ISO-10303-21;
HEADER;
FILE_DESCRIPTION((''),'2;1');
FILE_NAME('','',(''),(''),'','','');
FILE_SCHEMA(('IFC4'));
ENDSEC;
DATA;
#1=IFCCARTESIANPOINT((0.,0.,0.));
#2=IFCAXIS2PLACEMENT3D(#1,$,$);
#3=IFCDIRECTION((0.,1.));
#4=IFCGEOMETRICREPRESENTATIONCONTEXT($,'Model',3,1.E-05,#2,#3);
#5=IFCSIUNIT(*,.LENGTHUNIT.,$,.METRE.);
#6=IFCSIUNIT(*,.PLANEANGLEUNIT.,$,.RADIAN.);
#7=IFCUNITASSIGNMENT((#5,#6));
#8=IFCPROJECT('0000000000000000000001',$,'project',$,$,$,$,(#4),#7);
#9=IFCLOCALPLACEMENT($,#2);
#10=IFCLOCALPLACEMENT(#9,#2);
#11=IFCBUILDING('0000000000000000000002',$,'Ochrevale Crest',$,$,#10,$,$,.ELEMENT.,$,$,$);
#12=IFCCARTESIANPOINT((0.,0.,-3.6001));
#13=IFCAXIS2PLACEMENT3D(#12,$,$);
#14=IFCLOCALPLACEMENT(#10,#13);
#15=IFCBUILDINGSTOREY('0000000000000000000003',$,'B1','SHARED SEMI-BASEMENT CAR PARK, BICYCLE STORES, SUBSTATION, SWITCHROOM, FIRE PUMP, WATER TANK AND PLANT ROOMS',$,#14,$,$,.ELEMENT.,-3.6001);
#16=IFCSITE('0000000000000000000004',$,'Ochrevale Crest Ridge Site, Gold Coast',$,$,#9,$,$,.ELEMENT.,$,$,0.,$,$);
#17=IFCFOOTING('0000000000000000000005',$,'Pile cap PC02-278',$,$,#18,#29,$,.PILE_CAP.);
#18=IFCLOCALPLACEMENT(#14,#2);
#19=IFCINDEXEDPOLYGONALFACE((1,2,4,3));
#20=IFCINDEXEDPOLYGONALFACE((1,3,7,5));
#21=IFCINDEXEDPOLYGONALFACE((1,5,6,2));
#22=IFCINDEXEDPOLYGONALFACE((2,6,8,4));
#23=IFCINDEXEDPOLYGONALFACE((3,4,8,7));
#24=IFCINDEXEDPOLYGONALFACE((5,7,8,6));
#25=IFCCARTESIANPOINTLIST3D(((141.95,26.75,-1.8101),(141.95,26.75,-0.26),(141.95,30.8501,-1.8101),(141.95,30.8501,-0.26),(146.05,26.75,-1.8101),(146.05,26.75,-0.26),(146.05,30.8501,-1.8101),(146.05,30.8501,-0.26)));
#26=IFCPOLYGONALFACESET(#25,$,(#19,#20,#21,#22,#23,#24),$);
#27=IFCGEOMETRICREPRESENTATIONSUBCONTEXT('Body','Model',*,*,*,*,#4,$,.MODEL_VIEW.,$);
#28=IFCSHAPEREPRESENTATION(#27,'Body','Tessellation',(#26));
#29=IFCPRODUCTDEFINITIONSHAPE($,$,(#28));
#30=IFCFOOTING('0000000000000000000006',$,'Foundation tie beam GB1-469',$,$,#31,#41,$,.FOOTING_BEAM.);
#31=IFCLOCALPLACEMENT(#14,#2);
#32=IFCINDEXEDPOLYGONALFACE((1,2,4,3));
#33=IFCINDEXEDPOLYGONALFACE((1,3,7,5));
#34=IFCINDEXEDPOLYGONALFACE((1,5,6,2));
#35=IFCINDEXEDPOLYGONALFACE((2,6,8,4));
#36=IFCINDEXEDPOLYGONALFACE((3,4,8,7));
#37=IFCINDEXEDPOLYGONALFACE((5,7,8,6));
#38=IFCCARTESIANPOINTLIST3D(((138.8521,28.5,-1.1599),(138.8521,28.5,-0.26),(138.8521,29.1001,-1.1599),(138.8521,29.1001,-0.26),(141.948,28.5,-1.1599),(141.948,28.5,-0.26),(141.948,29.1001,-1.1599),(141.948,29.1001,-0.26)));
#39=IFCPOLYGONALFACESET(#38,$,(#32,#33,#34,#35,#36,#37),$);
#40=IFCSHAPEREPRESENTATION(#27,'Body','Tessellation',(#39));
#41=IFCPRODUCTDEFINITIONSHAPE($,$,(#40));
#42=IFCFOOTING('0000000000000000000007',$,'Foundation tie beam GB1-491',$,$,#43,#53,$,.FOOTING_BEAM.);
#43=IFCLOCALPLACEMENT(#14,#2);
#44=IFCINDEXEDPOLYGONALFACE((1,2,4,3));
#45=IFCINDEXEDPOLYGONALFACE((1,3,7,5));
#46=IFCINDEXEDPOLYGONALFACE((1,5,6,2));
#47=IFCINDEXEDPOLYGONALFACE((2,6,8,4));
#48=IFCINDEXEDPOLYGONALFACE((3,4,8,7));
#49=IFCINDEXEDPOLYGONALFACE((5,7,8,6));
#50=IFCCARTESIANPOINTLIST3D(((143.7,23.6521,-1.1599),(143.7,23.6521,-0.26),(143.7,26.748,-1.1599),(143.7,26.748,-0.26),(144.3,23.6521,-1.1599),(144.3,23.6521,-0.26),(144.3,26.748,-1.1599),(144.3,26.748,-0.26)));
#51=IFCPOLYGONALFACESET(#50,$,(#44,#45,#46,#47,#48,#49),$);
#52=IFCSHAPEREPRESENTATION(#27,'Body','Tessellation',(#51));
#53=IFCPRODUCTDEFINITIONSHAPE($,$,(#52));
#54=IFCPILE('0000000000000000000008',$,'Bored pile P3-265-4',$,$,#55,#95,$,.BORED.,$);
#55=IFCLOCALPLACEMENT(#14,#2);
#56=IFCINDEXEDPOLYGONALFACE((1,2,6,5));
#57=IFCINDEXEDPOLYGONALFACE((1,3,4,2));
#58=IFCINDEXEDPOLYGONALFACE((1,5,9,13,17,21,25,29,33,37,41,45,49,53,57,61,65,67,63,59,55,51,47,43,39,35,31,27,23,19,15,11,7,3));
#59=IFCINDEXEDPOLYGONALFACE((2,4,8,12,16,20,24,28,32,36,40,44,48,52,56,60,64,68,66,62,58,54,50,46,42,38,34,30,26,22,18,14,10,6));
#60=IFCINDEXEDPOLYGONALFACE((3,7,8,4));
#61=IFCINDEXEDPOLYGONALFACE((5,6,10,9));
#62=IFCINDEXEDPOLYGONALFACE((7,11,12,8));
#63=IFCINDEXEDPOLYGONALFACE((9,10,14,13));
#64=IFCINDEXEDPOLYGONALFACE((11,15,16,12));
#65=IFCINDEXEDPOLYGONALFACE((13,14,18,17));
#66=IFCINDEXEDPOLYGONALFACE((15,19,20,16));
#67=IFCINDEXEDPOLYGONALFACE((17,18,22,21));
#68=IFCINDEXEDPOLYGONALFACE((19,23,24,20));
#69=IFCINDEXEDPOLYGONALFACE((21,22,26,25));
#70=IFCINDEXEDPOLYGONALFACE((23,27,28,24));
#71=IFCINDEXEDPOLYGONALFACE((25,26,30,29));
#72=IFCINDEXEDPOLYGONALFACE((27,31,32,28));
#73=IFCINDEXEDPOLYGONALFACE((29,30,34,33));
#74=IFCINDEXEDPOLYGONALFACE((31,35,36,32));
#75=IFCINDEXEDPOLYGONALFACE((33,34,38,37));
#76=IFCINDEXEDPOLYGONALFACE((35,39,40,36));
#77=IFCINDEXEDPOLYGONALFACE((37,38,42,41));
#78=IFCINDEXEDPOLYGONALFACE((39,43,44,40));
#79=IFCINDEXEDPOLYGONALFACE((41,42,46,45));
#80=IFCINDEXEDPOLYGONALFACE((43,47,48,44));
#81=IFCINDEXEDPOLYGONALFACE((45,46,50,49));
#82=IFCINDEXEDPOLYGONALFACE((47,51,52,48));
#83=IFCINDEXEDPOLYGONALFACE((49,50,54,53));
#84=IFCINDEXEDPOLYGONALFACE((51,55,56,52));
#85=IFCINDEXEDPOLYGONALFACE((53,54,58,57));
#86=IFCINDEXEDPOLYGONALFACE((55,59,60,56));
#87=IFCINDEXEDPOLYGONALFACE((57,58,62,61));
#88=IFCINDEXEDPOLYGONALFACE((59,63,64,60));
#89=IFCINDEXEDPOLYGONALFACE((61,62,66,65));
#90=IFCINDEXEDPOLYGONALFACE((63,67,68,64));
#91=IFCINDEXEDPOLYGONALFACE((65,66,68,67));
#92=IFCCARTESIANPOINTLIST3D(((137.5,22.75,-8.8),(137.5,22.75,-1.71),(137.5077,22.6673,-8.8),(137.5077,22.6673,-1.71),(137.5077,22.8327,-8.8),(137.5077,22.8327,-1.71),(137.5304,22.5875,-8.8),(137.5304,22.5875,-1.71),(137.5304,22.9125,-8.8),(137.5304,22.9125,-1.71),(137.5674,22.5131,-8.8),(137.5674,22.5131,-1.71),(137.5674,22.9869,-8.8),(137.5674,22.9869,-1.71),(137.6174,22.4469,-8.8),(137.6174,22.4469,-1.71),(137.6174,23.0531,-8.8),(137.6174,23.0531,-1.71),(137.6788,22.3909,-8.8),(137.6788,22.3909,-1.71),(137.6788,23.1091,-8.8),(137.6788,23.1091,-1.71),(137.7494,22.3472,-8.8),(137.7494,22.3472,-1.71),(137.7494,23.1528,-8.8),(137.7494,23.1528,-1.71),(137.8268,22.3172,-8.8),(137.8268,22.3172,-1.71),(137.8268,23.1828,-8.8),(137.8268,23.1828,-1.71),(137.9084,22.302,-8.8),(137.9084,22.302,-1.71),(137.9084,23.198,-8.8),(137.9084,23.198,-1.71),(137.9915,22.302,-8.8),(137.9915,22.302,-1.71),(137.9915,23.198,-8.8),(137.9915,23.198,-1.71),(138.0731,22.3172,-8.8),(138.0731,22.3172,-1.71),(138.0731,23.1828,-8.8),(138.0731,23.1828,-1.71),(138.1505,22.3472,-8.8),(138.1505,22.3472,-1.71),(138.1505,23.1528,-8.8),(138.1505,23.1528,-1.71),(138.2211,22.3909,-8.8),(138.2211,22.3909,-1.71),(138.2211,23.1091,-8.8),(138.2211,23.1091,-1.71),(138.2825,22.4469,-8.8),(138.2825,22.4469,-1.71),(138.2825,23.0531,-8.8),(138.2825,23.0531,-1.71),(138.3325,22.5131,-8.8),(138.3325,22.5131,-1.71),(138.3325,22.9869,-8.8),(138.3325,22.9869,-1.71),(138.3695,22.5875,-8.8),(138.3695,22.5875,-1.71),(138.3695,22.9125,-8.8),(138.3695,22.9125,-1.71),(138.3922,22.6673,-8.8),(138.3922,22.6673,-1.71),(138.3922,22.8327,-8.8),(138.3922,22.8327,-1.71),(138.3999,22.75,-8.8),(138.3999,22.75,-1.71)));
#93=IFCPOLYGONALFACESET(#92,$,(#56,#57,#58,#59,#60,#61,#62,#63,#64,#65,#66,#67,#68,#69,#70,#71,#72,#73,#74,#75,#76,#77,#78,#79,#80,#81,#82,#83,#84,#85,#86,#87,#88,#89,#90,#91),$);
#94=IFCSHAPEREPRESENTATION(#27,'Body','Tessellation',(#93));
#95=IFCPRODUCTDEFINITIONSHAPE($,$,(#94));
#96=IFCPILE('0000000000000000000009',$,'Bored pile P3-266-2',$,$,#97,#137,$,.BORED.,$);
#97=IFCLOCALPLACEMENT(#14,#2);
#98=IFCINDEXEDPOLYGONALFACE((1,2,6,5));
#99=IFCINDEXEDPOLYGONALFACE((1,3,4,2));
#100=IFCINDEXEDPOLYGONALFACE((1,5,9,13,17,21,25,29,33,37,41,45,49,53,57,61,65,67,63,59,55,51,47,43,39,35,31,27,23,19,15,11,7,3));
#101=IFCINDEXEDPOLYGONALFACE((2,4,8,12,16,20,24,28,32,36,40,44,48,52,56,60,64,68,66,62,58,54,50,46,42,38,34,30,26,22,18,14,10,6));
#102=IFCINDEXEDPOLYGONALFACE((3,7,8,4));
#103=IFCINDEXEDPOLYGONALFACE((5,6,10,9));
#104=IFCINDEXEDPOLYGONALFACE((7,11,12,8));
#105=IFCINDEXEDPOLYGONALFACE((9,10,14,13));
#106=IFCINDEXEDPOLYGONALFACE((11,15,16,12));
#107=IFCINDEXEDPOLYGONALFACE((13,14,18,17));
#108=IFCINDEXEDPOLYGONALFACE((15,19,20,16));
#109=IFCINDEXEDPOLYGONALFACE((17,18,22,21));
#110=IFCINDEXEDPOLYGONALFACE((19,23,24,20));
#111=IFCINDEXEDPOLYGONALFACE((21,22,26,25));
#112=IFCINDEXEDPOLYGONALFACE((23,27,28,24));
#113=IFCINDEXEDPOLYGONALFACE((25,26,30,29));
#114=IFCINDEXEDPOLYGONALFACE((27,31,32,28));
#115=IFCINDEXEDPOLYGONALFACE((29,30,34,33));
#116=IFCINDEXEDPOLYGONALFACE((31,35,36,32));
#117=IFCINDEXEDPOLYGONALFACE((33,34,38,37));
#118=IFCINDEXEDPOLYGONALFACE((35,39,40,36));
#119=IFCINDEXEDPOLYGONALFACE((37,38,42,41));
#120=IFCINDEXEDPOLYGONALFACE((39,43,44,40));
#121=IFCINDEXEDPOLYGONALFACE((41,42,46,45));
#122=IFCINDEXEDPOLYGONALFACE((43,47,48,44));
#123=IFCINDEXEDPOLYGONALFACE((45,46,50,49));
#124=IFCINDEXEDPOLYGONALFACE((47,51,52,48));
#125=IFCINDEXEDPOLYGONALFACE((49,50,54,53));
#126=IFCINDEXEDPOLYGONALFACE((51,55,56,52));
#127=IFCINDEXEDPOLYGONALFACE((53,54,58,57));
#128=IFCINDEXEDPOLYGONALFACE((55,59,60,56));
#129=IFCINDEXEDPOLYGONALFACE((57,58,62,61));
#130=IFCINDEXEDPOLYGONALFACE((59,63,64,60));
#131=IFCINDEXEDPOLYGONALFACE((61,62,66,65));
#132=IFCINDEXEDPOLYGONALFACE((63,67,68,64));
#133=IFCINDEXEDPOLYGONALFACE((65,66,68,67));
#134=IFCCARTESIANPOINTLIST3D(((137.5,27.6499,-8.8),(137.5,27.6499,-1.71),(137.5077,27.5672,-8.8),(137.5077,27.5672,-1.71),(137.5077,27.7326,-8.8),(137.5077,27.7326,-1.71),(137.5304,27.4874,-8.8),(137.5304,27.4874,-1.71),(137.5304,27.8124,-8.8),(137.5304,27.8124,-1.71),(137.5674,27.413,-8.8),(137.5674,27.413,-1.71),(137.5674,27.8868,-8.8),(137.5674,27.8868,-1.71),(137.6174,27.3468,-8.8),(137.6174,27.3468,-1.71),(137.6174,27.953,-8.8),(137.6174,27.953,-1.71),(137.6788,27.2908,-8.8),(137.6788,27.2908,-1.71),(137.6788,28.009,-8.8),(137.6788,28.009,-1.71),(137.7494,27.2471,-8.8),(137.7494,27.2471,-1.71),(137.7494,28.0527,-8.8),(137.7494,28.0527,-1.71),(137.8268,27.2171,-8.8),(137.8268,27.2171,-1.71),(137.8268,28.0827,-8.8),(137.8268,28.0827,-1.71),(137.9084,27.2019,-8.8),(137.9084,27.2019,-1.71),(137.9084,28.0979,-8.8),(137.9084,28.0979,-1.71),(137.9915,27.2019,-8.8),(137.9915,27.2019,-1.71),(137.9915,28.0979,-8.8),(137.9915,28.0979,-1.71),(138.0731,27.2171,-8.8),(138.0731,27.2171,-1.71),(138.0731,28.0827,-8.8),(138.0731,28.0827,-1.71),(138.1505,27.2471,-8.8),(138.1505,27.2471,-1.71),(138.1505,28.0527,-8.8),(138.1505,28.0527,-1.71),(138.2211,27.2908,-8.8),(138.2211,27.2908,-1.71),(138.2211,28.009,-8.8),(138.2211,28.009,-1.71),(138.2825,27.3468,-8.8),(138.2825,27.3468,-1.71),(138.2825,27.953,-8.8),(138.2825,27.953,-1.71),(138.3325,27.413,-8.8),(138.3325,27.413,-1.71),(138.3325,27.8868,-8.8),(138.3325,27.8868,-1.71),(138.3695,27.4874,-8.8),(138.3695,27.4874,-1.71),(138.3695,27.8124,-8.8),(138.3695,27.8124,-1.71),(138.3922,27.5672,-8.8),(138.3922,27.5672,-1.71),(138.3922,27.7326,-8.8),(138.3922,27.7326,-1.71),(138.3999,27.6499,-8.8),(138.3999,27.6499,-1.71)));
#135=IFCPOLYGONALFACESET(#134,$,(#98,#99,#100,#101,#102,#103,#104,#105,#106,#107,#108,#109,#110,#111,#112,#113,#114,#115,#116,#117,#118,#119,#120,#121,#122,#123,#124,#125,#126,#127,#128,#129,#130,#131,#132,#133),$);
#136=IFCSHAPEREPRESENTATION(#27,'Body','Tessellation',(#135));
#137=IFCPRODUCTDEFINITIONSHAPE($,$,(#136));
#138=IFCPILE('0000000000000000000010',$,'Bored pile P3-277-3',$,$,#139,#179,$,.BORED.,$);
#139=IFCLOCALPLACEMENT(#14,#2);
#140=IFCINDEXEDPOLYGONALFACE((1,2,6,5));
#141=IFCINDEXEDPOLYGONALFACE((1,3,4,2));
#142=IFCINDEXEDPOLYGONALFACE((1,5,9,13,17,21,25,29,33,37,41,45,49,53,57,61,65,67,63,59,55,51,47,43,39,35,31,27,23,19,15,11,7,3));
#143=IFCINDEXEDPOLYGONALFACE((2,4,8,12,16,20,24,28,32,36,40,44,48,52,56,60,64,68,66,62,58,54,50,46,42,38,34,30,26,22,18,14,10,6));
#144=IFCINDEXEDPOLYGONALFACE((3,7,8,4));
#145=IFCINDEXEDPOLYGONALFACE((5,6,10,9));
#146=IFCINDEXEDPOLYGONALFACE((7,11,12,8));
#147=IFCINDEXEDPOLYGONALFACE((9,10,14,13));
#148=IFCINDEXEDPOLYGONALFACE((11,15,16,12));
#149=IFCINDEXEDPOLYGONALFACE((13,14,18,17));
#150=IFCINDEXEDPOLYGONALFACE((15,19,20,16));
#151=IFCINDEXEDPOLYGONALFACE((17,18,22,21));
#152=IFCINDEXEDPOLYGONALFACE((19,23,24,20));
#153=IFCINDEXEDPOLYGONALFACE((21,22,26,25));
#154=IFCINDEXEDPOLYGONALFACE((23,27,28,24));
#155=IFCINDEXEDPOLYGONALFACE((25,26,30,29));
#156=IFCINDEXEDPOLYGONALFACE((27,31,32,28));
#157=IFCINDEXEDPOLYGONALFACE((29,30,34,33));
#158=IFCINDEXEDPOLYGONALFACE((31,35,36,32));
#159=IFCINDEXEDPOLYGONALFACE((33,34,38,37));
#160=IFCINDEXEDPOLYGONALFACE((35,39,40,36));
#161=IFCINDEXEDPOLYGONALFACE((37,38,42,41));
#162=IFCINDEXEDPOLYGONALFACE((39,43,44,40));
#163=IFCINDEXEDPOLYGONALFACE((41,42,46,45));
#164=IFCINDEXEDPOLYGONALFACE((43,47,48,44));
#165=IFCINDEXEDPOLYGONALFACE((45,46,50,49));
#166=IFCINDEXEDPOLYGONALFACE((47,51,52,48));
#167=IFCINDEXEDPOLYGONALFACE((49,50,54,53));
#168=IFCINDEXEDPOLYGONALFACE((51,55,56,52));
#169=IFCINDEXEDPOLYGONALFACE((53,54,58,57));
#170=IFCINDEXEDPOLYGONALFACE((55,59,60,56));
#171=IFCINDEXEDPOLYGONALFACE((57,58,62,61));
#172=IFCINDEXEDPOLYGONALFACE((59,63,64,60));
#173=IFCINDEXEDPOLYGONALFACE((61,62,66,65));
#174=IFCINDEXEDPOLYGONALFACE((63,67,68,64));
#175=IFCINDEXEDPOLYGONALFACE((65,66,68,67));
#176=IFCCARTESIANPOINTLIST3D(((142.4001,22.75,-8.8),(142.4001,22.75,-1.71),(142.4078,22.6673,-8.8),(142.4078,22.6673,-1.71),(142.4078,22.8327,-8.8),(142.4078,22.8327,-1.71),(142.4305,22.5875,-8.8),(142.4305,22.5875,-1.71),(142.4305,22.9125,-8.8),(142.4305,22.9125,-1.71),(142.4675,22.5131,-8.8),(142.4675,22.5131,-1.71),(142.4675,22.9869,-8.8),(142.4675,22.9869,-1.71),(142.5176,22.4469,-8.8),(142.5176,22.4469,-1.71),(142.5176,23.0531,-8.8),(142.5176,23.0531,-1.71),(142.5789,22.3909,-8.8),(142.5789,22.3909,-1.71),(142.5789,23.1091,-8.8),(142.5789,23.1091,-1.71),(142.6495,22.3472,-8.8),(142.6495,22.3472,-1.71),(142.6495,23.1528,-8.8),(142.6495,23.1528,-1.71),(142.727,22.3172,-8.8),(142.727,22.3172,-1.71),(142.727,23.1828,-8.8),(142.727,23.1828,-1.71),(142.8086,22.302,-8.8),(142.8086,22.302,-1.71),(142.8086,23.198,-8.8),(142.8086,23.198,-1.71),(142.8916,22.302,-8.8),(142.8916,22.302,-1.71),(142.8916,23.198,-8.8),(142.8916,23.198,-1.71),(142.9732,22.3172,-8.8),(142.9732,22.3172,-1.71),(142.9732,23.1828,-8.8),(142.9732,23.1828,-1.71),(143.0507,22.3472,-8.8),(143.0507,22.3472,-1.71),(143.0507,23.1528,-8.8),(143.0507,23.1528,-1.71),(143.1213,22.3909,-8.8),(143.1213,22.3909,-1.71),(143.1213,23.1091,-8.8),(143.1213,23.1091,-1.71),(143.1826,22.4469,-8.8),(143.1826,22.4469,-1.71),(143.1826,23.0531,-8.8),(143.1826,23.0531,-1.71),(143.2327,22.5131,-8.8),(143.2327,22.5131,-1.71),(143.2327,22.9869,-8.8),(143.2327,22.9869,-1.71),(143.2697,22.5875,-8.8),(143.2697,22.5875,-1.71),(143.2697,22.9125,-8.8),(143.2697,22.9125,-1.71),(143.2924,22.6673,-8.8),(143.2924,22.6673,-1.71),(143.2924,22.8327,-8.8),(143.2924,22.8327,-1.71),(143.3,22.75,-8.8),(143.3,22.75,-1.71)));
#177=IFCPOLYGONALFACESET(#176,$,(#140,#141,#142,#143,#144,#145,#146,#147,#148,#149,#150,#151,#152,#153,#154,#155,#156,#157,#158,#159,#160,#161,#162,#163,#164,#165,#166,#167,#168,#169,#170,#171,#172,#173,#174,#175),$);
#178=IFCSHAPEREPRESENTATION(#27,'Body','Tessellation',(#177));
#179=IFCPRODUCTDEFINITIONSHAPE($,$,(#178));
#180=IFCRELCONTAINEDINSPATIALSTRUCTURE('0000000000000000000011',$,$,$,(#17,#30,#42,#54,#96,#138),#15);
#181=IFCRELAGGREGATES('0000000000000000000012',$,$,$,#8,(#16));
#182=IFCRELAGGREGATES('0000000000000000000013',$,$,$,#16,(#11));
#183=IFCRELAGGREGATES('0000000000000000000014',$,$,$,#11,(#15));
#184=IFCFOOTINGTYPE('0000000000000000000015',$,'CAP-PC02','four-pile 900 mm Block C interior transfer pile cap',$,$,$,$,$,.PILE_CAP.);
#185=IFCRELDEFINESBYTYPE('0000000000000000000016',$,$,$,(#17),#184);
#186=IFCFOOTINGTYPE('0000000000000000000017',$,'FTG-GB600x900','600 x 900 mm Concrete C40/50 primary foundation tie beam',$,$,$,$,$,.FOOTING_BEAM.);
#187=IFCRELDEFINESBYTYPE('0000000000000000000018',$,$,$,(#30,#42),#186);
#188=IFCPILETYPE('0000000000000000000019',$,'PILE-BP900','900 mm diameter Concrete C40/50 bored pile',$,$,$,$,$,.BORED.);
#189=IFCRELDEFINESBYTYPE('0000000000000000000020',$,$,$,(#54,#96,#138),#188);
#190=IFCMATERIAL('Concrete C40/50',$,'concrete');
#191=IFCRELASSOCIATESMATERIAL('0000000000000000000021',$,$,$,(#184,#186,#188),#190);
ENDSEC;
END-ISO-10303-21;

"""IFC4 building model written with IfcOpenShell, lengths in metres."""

from ifc_helpers import new_model, si_unit, direction, frame, origin, origin_2d, place, context, subcontext, project, spatial, rectangle, circle, extrude, material, material_profile, profile_set, type_object, element, save


model = new_model("IFC4")

# Units and contexts
model_context = context("Model", 3, precision=1e-05, world=origin(), true_north=direction((0.0, 1.0)))
body_context = subcontext(model_context, "Body", "Model", "MODEL_VIEW")
ifc_project = project(units=[si_unit("LENGTHUNIT", "METRE"), si_unit("PLANEANGLEUNIT", "RADIAN")], contexts=[model_context])

# Site, building, storey
site_placement = place(None, origin())
site = spatial("IfcSite", under=ifc_project, at=site_placement, Name="Ochrevale Crest Ridge Site, Gold Coast", CompositionType="ELEMENT", RefElevation=0.0)
building_placement = place(site_placement, origin())
building = spatial("IfcBuilding", under=site, at=building_placement, Name="Ochrevale Crest", CompositionType="ELEMENT")
storey_placement = place(building_placement, frame((0.0, 0.0, -3.6001)))
storey = spatial("IfcBuildingStorey", under=building, at=storey_placement, Name="B1", Description="SHARED SEMI-BASEMENT CAR PARK, BICYCLE STORES, SUBSTATION, SWITCHROOM, FIRE PUMP, WATER TANK AND PLANT ROOMS", CompositionType="ELEMENT", Elevation=-3.6001)

# Footings
ifc_material_1 = material(Name="Concrete C40/50", Category="concrete")
footing_type_1 = type_object("IfcFootingType", Name="CAP-PC02", Description="four-pile 900 mm Block C interior transfer pile cap", PredefinedType="PILE_CAP", material=ifc_material_1)
footing_placement = place(storey_placement, frame((144.0, 28.8, -1.8101), z_axis=(0.0, 0.0, 1.0), x_axis=(1.0, 0.0, 0.0)))
element("IfcFooting", 1, at=footing_placement, inside=storey, type_object=footing_type_1, Name="Pile cap PC02-278", PredefinedType="PILE_CAP", context=body_context, shape_type="SweptSolid", body=[
    extrude(rectangle(XDim=4.1001, YDim=4.1001, at=origin_2d()), origin(), (0.0, 0.0, 1.0), 1.55),
])
ifc_material_profile_1 = material_profile(ifc_material_1, rectangle(XDim=0.6001, YDim=0.8999, at=origin_2d()), Name="GB 600x900")
ifc_profile_set_1 = profile_set([ifc_material_profile_1], Name="Concrete C40/50")
footing_type_2 = type_object("IfcFootingType", Name="FTG-GB600x900", Description="600 x 900 mm Concrete C40/50 primary foundation tie beam", PredefinedType="FOOTING_BEAM", material=ifc_profile_set_1)
for number, where, z_axis, x_axis, name in (
    (2, (138.8521, 28.8, -0.71), (1.0, 0.0, 0.0), (0.0, 1.0, 0.0), "Foundation tie beam GB1-469"),
    (3, (144.0, 23.6521, -0.71), (0.0, 1.0, 0.0), (-1.0, 0.0, 0.0), "Foundation tie beam GB1-491"),
):
    element("IfcFooting", number, at=place(storey_placement, frame(where, z_axis=z_axis, x_axis=x_axis)), inside=storey, type_object=footing_type_2, Name=name, PredefinedType="FOOTING_BEAM", context=body_context, shape_type="SweptSolid", body=[
        extrude(rectangle(XDim=0.6001, YDim=0.8999, at=origin_2d()), origin(), (0.0, 0.0, 1.0), 3.0959),
    ])

# Piles
ifc_material_profile_2 = material_profile(ifc_material_1, circle(Radius=0.45, at=origin_2d()), Name="BORED PILE 900")
ifc_profile_set_2 = profile_set([ifc_material_profile_2], Name="Concrete C40/50")
pile_type = type_object("IfcPileType", Name="PILE-BP900", Description="900 mm diameter Concrete C40/50 bored pile", PredefinedType="BORED", material=ifc_profile_set_2)
for number, where, z_axis, x_axis, name in (
    (4, (137.95, 22.75, -1.71), (0.0, 0.0, -1.0), (1.0, 0.0, 0.0), "Bored pile P3-265-4"),
    (5, (137.95, 27.6499, -1.71), (0.0, 0.0, -1.0), (1.0, 0.0, 0.0), "Bored pile P3-266-2"),
    (6, (142.8501, 22.75, -1.71), (0.0, 0.0, -1.0), (1.0, 0.0, 0.0), "Bored pile P3-277-3"),
):
    element("IfcPile", number, at=place(storey_placement, frame(where, z_axis=z_axis, x_axis=x_axis)), inside=storey, type_object=pile_type, Name=name, PredefinedType="BORED", context=body_context, shape_type="SweptSolid", body=[
        extrude(circle(Radius=0.45, at=origin_2d()), origin(), (0.0, 0.0, 1.0), 7.0901),
    ])

save(model, "model.ifc")
